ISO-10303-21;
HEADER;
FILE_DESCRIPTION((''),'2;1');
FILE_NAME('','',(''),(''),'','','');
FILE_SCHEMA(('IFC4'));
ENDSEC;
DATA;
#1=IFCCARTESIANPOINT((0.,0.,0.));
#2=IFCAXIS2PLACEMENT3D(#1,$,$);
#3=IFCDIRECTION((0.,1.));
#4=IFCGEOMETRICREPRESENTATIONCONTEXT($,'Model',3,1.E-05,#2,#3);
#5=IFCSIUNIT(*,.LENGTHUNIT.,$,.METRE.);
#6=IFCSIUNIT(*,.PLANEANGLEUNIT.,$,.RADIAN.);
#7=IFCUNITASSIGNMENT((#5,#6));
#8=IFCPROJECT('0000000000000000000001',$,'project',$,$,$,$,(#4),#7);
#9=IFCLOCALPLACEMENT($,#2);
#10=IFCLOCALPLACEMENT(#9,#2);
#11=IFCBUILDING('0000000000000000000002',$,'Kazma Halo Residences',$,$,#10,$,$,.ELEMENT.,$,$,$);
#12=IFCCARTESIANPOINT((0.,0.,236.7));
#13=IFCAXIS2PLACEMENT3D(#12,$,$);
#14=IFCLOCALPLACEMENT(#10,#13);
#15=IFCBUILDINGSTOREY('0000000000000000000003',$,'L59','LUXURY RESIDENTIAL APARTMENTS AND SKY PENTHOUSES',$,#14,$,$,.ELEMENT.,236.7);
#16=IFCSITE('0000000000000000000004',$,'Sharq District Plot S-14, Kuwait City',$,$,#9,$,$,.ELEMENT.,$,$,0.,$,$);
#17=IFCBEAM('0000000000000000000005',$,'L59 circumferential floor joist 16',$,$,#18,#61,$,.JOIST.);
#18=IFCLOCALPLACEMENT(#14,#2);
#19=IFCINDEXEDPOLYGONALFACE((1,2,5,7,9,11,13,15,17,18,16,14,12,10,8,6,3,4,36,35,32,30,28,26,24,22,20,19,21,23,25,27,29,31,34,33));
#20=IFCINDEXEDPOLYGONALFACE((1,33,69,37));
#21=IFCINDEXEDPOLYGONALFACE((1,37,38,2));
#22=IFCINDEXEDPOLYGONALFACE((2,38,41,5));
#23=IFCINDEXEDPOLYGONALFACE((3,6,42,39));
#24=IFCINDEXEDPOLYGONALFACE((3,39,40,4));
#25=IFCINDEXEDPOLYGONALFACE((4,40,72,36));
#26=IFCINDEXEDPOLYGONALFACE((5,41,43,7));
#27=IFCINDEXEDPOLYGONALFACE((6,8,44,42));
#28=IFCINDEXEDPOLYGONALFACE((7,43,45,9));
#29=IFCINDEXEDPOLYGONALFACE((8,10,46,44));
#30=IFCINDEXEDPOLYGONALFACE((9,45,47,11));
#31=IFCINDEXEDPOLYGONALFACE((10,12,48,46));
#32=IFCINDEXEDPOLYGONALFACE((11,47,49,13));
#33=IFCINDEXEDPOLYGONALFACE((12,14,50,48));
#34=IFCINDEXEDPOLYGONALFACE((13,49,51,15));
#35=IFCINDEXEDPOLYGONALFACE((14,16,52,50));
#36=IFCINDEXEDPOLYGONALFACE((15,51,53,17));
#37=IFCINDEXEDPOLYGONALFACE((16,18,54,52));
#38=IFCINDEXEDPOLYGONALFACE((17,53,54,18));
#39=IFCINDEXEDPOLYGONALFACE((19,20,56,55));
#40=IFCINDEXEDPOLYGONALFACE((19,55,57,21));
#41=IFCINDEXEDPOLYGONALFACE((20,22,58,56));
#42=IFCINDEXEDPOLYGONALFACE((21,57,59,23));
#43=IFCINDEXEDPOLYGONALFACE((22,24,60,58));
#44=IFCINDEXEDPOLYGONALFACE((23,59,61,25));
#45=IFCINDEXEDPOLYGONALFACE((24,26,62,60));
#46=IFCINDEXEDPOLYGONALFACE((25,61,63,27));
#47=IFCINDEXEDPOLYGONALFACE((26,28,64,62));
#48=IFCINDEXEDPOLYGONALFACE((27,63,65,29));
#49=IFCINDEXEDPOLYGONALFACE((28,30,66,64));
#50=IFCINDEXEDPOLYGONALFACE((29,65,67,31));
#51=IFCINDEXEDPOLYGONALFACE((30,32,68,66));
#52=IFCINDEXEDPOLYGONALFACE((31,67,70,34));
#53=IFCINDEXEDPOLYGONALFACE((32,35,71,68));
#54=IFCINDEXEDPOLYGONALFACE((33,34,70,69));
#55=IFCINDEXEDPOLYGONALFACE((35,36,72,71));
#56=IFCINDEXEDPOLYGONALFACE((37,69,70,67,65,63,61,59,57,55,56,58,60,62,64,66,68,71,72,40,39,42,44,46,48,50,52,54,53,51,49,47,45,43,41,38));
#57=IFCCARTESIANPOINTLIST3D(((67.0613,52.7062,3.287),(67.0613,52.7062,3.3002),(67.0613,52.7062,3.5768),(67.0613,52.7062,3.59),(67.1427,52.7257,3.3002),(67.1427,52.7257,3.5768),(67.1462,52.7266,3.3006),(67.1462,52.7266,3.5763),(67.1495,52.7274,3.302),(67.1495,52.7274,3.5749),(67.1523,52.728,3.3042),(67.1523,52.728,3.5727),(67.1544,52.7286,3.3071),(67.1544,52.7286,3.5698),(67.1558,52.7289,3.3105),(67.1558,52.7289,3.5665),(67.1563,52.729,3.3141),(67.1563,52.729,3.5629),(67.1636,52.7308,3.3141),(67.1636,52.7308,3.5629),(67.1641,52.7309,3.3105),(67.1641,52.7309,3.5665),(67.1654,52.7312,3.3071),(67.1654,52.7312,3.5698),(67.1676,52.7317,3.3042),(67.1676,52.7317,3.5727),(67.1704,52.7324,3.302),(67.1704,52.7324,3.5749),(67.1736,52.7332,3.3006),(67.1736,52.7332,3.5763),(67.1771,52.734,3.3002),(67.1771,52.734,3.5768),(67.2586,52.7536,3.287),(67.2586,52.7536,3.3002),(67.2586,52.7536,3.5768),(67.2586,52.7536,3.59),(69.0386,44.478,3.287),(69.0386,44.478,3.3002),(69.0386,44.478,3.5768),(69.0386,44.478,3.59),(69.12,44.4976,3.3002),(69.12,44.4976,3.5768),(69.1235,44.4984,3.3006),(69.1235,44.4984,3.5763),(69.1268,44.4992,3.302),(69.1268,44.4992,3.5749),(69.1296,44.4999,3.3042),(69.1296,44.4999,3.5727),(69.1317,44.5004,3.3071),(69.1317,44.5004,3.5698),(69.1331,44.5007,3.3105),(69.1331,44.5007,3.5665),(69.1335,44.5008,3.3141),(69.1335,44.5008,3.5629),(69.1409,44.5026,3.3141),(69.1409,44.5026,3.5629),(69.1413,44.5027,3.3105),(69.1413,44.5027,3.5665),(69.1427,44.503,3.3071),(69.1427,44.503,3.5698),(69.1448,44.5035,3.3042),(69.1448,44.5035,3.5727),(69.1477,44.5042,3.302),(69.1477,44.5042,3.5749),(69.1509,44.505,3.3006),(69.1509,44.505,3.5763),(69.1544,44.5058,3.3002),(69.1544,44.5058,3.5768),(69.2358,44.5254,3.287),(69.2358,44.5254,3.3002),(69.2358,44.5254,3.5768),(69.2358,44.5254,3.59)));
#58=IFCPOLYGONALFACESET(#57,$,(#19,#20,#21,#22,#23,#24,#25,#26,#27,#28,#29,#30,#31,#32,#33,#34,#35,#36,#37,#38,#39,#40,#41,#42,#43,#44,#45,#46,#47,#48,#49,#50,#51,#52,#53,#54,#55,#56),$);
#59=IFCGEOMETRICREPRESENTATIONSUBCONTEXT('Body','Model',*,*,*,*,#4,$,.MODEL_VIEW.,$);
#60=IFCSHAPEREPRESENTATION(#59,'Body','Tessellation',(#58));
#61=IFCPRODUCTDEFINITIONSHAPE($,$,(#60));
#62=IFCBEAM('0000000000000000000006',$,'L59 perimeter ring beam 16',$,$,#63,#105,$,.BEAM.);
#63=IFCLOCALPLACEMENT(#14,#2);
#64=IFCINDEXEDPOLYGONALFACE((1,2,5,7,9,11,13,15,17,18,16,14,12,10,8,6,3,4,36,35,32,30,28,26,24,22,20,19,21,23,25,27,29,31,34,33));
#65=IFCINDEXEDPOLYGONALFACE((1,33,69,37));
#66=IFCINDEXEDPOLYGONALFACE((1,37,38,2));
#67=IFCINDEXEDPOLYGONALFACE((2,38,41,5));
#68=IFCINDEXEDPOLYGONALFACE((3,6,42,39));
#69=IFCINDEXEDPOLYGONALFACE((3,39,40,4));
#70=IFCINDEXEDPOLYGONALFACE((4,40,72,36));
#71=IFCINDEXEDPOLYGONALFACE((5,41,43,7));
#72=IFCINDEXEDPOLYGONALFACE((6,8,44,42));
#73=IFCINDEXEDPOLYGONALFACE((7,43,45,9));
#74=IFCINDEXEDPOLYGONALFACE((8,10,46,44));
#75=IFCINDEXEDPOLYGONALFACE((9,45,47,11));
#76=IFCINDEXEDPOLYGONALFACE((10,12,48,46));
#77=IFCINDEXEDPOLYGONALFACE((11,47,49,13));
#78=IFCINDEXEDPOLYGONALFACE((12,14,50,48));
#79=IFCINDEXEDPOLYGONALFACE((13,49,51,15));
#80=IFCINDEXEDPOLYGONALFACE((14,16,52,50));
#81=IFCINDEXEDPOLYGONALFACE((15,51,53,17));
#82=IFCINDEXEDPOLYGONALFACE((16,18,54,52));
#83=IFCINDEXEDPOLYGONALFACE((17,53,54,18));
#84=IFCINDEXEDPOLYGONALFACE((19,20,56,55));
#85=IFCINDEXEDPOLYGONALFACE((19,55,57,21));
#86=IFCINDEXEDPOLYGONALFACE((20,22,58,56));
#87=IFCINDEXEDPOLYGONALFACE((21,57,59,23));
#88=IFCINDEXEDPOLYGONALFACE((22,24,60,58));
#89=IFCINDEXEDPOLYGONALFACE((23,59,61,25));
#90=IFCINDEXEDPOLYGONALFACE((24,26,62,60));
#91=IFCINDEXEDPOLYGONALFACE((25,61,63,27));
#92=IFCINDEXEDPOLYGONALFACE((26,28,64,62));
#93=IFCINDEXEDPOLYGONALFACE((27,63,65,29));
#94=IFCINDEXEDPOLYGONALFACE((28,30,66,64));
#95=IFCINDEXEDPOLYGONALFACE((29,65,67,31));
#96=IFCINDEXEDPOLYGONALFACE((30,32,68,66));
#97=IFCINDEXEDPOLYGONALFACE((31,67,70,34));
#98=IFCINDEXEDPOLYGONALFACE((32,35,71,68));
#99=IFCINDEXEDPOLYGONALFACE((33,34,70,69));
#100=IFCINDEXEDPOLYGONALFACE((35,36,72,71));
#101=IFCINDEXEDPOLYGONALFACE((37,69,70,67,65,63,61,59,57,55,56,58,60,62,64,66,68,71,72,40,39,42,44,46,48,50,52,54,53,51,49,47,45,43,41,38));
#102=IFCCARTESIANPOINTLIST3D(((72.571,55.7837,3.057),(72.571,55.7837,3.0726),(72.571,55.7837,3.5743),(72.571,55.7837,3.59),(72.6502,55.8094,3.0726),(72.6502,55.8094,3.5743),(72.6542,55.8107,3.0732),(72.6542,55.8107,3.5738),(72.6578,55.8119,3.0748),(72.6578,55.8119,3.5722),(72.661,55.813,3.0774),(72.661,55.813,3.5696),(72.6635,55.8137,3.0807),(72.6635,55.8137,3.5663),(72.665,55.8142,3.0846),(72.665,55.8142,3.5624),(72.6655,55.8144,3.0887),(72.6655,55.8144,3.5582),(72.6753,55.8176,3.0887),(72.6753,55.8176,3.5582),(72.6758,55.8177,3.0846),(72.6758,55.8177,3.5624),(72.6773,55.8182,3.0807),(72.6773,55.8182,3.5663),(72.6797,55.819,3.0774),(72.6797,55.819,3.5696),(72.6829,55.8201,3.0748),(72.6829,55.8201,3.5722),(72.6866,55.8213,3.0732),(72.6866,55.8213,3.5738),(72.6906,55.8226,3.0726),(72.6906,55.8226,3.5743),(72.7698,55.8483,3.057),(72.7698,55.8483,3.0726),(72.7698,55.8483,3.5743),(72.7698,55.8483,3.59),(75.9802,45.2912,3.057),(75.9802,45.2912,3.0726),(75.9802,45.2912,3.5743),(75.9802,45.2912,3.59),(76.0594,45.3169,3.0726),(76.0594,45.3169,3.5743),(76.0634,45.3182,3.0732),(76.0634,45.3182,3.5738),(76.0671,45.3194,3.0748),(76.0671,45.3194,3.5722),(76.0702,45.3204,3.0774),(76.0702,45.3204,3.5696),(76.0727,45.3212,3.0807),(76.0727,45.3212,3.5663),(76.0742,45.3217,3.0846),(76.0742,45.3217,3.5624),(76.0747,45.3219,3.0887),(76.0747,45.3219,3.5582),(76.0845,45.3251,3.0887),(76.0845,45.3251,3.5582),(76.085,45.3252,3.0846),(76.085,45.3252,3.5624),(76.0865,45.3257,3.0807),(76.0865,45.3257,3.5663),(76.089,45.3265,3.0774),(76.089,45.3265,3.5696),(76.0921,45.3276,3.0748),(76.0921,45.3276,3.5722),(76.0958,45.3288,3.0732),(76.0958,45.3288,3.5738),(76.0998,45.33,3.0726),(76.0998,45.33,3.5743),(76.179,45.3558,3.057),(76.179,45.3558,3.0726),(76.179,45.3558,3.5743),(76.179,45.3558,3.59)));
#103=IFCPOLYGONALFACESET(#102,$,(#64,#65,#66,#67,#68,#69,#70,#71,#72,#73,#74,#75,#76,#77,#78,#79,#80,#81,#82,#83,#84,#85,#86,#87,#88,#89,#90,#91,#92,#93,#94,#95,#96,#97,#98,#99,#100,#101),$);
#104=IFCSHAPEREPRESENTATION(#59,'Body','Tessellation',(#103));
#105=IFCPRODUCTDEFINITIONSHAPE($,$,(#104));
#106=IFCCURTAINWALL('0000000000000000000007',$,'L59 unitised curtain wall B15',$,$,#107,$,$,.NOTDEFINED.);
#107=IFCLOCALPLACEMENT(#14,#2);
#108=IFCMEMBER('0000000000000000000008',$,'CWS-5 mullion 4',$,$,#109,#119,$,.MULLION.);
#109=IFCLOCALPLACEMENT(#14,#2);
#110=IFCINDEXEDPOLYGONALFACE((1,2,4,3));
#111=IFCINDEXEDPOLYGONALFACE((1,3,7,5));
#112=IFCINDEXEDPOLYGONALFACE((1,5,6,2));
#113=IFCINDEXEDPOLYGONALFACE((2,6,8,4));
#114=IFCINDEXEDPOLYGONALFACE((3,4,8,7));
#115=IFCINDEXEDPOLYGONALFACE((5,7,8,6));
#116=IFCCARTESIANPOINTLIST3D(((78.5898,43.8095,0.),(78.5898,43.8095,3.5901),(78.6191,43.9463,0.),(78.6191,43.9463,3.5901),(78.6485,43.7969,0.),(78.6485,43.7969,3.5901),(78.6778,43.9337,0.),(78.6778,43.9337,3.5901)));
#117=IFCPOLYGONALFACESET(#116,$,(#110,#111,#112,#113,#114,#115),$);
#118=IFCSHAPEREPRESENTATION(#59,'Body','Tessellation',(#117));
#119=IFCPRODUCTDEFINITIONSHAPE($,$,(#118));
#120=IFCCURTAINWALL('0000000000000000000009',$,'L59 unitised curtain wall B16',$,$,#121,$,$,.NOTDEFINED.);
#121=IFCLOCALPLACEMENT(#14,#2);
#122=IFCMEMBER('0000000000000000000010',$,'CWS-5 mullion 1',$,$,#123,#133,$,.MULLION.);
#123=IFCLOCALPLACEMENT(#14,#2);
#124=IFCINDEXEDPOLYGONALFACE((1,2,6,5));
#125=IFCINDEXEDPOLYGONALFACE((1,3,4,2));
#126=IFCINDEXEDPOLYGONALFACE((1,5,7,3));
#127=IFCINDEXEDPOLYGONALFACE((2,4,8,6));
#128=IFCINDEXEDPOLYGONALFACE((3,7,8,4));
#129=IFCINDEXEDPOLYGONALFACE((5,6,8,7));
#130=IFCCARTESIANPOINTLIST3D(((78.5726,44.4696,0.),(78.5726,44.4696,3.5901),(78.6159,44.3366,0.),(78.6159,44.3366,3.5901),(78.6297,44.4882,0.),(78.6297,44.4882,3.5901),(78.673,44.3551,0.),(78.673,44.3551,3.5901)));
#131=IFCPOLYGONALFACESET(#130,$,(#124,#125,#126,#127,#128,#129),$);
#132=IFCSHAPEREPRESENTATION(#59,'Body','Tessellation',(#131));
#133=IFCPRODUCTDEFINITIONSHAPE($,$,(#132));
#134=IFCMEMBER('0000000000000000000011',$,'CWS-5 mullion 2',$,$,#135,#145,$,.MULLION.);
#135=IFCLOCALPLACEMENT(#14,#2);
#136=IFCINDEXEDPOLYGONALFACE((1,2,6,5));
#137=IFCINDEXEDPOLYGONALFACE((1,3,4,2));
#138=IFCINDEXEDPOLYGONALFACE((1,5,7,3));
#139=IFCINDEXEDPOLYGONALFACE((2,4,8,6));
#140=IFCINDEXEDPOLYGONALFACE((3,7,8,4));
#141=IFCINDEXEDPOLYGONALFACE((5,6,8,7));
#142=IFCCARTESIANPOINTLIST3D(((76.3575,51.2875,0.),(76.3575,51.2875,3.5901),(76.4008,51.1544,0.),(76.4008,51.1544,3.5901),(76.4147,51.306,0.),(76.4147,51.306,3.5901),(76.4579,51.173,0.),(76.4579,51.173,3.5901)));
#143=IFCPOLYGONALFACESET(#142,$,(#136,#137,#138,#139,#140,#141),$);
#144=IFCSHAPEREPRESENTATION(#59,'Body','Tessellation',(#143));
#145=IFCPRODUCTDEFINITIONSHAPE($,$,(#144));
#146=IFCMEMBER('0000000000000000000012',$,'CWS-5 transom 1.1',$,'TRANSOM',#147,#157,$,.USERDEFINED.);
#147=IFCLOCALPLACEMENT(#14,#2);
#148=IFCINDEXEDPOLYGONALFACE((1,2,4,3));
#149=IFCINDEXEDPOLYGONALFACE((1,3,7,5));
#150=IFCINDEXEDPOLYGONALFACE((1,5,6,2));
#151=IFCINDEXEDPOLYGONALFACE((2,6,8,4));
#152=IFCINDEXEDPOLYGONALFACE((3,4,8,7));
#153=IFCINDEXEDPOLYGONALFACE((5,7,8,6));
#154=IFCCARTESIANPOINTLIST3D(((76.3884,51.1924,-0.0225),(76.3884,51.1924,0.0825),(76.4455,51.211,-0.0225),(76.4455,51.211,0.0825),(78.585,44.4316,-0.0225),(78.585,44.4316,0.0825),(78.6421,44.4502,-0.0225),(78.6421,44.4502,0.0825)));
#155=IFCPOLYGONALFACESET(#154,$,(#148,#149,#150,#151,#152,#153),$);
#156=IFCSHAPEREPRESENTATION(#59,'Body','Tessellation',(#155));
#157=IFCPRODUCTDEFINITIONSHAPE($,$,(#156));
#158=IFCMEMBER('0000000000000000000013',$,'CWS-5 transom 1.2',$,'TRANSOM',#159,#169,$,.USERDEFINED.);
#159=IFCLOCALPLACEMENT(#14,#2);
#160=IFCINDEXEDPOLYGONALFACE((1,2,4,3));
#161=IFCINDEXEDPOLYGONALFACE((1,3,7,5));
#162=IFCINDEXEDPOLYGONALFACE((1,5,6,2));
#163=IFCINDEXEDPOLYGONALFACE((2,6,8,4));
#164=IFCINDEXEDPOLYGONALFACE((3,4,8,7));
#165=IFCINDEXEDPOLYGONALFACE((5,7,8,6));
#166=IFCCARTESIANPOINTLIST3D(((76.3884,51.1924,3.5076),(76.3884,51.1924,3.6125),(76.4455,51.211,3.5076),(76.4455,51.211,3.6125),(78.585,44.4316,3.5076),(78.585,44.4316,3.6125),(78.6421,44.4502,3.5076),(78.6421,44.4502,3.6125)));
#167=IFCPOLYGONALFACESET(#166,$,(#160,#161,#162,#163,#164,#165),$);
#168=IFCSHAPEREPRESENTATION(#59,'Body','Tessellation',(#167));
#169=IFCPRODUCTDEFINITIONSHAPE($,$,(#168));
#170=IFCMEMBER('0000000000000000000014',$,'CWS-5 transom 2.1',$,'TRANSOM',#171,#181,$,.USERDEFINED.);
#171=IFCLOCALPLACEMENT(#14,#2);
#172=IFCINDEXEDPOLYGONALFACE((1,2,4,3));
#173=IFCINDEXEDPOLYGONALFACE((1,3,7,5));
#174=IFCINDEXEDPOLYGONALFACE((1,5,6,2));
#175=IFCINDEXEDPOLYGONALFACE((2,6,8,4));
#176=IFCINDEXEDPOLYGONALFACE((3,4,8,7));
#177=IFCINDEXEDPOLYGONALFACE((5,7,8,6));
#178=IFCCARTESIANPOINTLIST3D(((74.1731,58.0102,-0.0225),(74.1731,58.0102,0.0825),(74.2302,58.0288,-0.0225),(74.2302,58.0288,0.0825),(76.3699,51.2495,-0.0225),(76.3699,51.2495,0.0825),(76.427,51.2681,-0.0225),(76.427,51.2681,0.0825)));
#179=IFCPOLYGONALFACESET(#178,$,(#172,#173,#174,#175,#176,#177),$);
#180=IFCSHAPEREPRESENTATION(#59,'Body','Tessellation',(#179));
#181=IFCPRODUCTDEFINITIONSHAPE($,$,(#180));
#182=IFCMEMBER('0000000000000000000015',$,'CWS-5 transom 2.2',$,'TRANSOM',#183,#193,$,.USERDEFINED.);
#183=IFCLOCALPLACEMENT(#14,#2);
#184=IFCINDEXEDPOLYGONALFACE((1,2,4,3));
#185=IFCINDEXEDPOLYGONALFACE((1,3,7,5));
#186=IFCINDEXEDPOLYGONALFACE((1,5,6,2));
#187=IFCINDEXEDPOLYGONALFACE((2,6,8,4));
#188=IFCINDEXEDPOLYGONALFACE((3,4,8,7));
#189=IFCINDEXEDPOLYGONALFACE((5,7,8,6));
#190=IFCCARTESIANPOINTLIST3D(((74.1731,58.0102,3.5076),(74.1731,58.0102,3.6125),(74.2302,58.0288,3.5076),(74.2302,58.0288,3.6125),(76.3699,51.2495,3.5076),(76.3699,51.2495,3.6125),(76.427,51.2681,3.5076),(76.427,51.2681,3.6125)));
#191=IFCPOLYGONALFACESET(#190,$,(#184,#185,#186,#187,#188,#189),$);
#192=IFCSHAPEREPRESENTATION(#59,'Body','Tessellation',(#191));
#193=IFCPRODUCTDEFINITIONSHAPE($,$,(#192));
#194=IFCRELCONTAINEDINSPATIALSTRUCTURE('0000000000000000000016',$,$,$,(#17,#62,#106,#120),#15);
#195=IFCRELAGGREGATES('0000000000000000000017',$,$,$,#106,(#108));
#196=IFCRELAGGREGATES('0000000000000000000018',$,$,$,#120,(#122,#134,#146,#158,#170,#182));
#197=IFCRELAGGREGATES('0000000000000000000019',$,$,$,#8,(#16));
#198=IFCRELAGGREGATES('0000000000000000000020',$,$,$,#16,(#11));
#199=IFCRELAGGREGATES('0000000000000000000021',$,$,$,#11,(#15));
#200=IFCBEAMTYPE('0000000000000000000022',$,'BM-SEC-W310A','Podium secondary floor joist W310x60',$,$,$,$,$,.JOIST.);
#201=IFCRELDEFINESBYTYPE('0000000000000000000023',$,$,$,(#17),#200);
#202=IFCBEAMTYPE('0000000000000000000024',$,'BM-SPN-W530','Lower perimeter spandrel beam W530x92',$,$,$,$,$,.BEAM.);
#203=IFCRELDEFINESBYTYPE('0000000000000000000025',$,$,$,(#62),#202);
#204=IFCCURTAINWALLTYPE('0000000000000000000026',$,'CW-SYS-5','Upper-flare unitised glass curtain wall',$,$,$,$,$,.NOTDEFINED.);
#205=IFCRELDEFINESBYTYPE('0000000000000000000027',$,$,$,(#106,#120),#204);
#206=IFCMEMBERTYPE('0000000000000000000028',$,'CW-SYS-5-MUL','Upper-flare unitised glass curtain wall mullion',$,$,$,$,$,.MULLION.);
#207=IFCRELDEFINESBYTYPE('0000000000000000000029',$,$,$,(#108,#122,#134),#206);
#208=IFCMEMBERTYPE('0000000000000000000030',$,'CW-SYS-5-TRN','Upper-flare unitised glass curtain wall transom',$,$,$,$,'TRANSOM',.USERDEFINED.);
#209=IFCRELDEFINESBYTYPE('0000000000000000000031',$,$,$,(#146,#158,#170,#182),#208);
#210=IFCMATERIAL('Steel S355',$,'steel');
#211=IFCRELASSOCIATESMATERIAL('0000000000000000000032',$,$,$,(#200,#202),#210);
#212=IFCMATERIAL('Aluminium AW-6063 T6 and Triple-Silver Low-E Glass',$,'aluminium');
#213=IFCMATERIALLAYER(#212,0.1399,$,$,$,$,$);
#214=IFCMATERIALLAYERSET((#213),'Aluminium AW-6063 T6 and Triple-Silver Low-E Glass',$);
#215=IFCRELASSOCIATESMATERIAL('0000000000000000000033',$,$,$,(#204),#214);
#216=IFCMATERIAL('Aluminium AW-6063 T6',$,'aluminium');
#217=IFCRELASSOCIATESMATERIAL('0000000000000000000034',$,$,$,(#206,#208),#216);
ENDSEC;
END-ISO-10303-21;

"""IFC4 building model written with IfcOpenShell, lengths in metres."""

from ifc_helpers import new_model, si_unit, direction, frame, origin, origin_2d, place, context, subcontext, project, spatial, rectangle, i_section, extrude, material, layer, layer_set, material_profile, profile_set, type_object, element, aggregate, save


model = new_model("IFC4")

# Units and contexts
model_context = context("Model", 3, precision=1e-05, world=origin(), true_north=direction((0.0, 1.0)))
body_context = subcontext(model_context, "Body", "Model", "MODEL_VIEW")
ifc_project = project(units=[si_unit("LENGTHUNIT", "METRE"), si_unit("PLANEANGLEUNIT", "RADIAN")], contexts=[model_context])

# Site, building, storey
site_placement = place(None, origin())
site = spatial("IfcSite", under=ifc_project, at=site_placement, Name="Sharq District Plot S-14, Kuwait City", CompositionType="ELEMENT", RefElevation=0.0)
building_placement = place(site_placement, origin())
building = spatial("IfcBuilding", under=site, at=building_placement, Name="Kazma Halo Residences", CompositionType="ELEMENT")
storey_placement = place(building_placement, frame((0.0, 0.0, 236.7)))
storey = spatial("IfcBuildingStorey", under=building, at=storey_placement, Name="L59", Description="LUXURY RESIDENTIAL APARTMENTS AND SKY PENTHOUSES", CompositionType="ELEMENT", Elevation=236.7)

# Beams
ifc_material_1 = material(Name="Steel S355", Category="steel")
ifc_material_profile_1 = material_profile(ifc_material_1, i_section(OverallWidth=0.2029, OverallDepth=0.303, WebThickness=0.0076, FlangeThickness=0.0132, FilletRadius=0.0139, at=origin_2d()), Name="W310x60")
ifc_profile_set_1 = profile_set([ifc_material_profile_1], Name="Steel S355")
beam_type_1 = type_object("IfcBeamType", Name="BM-SEC-W310A", Description="Podium secondary floor joist W310x60", PredefinedType="JOIST", material=ifc_profile_set_1)
beam_1_placement = place(storey_placement, frame((69.1372, 44.5017, 3.4385), z_axis=(-0.233653, 0.97232, 0.0), x_axis=(-0.97232, -0.233653, 0.0)))
element("IfcBeam", 1, at=beam_1_placement, inside=storey, type_object=beam_type_1, Name="L59 circumferential floor joist 16", PredefinedType="JOIST", context=body_context, shape_type="SweptSolid", body=[
    extrude(i_section(OverallWidth=0.2029, OverallDepth=0.303, WebThickness=0.0076, FlangeThickness=0.0132, FilletRadius=0.0139, at=origin_2d()), origin(), (0.0, 0.0, 1.0), 8.4624),
])
ifc_material_profile_2 = material_profile(ifc_material_1, i_section(OverallWidth=0.209, OverallDepth=0.533, WebThickness=0.0103, FlangeThickness=0.0156, FilletRadius=0.0161, at=origin_2d()), Name="W530x92")
ifc_profile_set_2 = profile_set([ifc_material_profile_2], Name="Steel S355")
beam_type_2 = type_object("IfcBeamType", Name="BM-SPN-W530", Description="Lower perimeter spandrel beam W530x92", PredefinedType="BEAM", material=ifc_profile_set_2)
beam_2_placement = place(storey_placement, frame((76.0796, 45.3235, 3.3235), z_axis=(-0.309016, 0.951057, 0.0), x_axis=(-0.951057, -0.309016, 0.0)))
element("IfcBeam", 2, at=beam_2_placement, inside=storey, type_object=beam_type_2, Name="L59 perimeter ring beam 16", PredefinedType="BEAM", context=body_context, shape_type="SweptSolid", body=[
    extrude(i_section(OverallWidth=0.209, OverallDepth=0.533, WebThickness=0.0103, FlangeThickness=0.0156, FilletRadius=0.0161, at=origin_2d()), origin(), (0.0, 0.0, 1.0), 11.0325),
])

# Curtain wall, member
ifc_material_2 = material(Name="Aluminium AW-6063 T6 and Triple-Silver Low-E Glass", Category="aluminium")
ifc_layer_1 = layer(ifc_material_2, 0.1399)
ifc_layer_set_1 = layer_set([ifc_layer_1], Name="Aluminium AW-6063 T6 and Triple-Silver Low-E Glass")
curtain_wall_type = type_object("IfcCurtainWallType", Name="CW-SYS-5", Description="Upper-flare unitised glass curtain wall", PredefinedType="NOTDEFINED", material=ifc_layer_set_1)
curtain_wall_1_placement = place(storey_placement, origin())
curtain_wall_1 = element("IfcCurtainWall", 3, at=curtain_wall_1_placement, inside=storey, type_object=curtain_wall_type, Name="L59 unitised curtain wall B15", PredefinedType="NOTDEFINED")
ifc_material_3 = material(Name="Aluminium AW-6063 T6", Category="aluminium")
ifc_material_profile_3 = material_profile(ifc_material_3, rectangle(XDim=0.0601, YDim=0.1399, at=origin_2d()), Name="CWM-60x140")
ifc_profile_set_3 = profile_set([ifc_material_profile_3], Name="Aluminium AW-6063 T6")
member_type_1 = type_object("IfcMemberType", Name="CW-SYS-5-MUL", Description="Upper-flare unitised glass curtain wall mullion", PredefinedType="MULLION", material=ifc_profile_set_3)
member_1_placement = place(storey_placement, frame((78.6338, 43.8716, 0.0), z_axis=(0.0, 0.0, 1.0), x_axis=(-0.977775, 0.209657, 0.0)))
member_1 = element("IfcMember", 4, at=member_1_placement, type_object=member_type_1, Name="CWS-5 mullion 4", PredefinedType="MULLION", context=body_context, shape_type="SweptSolid", body=[
    extrude(rectangle(XDim=0.0601, YDim=0.1399, at=origin_2d()), origin(), (0.0, 0.0, 1.0), 3.5901),
])
aggregate(curtain_wall_1, [member_1])

# Curtain wall, members
curtain_wall_2_placement = place(storey_placement, origin())
curtain_wall_2 = element("IfcCurtainWall", 5, at=curtain_wall_2_placement, inside=storey, type_object=curtain_wall_type, Name="L59 unitised curtain wall B16", PredefinedType="NOTDEFINED")
member_2_placement = place(storey_placement, frame((78.6228, 44.4124, 0.0), z_axis=(0.0, 0.0, 1.0), x_axis=(-0.951058, -0.309011, 0.0)))
member_2 = element("IfcMember", 6, at=member_2_placement, type_object=member_type_1, Name="CWS-5 mullion 1", PredefinedType="MULLION", context=body_context, shape_type="SweptSolid", body=[
    extrude(rectangle(XDim=0.0601, YDim=0.1399, at=origin_2d()), origin(), (0.0, 0.0, 1.0), 3.5901),
])
member_3_placement = place(storey_placement, frame((76.4077, 51.2302, 0.0), z_axis=(0.0, 0.0, 1.0), x_axis=(-0.951058, -0.309011, 0.0)))
member_3 = element("IfcMember", 7, at=member_3_placement, type_object=member_type_1, Name="CWS-5 mullion 2", PredefinedType="MULLION", context=body_context, shape_type="SweptSolid", body=[
    extrude(rectangle(XDim=0.0601, YDim=0.1399, at=origin_2d()), origin(), (0.0, 0.0, 1.0), 3.5901),
])
ifc_material_profile_4 = material_profile(ifc_material_3, rectangle(XDim=0.0601, YDim=0.105, at=origin_2d()), Name="CWT-60x105")
ifc_profile_set_4 = profile_set([ifc_material_profile_4], Name="Aluminium AW-6063 T6")
member_type_2 = type_object("IfcMemberType", Name="CW-SYS-5-TRN", Description="Upper-flare unitised glass curtain wall transom", ElementType="TRANSOM", PredefinedType="USERDEFINED", material=ifc_profile_set_4)
member_4_placement = place(storey_placement, frame((78.6135, 44.4409, 0.03), z_axis=(-0.308996, 0.951063, 0.0), x_axis=(-0.951063, -0.308996, 0.0)))
member_4 = element("IfcMember", 8, at=member_4_placement, type_object=member_type_2, Name="CWS-5 transom 1.1", ObjectType="TRANSOM", PredefinedType="USERDEFINED", context=body_context, shape_type="SweptSolid", body=[
    extrude(rectangle(XDim=0.0601, YDim=0.105, at=origin_2d()), origin(), (0.0, 0.0, 1.0), 7.1086),
])
member_5_placement = place(storey_placement, frame((78.6135, 44.4409, 3.5601), z_axis=(-0.308996, 0.951063, 0.0), x_axis=(-0.951063, -0.308996, 0.0)))
member_5 = element("IfcMember", 9, at=member_5_placement, type_object=member_type_2, Name="CWS-5 transom 1.2", ObjectType="TRANSOM", PredefinedType="USERDEFINED", context=body_context, shape_type="SweptSolid", body=[
    extrude(rectangle(XDim=0.0601, YDim=0.105, at=origin_2d()), origin(), (0.0, 0.0, 1.0), 7.1086),
])
member_6_placement = place(storey_placement, frame((76.3984, 51.2588, 0.03), z_axis=(-0.309027, 0.951053, 0.0), x_axis=(-0.951053, -0.309027, 0.0)))
member_6 = element("IfcMember", 10, at=member_6_placement, type_object=member_type_2, Name="CWS-5 transom 2.1", ObjectType="TRANSOM", PredefinedType="USERDEFINED", context=body_context, shape_type="SweptSolid", body=[
    extrude(rectangle(XDim=0.0601, YDim=0.105, at=origin_2d()), origin(), (0.0, 0.0, 1.0), 7.1086),
])
member_7_placement = place(storey_placement, frame((76.3984, 51.2588, 3.5601), z_axis=(-0.309027, 0.951053, 0.0), x_axis=(-0.951053, -0.309027, 0.0)))
member_7 = element("IfcMember", 11, at=member_7_placement, type_object=member_type_2, Name="CWS-5 transom 2.2", ObjectType="TRANSOM", PredefinedType="USERDEFINED", context=body_context, shape_type="SweptSolid", body=[
    extrude(rectangle(XDim=0.0601, YDim=0.105, at=origin_2d()), origin(), (0.0, 0.0, 1.0), 7.1086),
])
aggregate(curtain_wall_2, [member_2, member_3, member_4, member_5, member_6, member_7])

save(model, "model.ifc")
